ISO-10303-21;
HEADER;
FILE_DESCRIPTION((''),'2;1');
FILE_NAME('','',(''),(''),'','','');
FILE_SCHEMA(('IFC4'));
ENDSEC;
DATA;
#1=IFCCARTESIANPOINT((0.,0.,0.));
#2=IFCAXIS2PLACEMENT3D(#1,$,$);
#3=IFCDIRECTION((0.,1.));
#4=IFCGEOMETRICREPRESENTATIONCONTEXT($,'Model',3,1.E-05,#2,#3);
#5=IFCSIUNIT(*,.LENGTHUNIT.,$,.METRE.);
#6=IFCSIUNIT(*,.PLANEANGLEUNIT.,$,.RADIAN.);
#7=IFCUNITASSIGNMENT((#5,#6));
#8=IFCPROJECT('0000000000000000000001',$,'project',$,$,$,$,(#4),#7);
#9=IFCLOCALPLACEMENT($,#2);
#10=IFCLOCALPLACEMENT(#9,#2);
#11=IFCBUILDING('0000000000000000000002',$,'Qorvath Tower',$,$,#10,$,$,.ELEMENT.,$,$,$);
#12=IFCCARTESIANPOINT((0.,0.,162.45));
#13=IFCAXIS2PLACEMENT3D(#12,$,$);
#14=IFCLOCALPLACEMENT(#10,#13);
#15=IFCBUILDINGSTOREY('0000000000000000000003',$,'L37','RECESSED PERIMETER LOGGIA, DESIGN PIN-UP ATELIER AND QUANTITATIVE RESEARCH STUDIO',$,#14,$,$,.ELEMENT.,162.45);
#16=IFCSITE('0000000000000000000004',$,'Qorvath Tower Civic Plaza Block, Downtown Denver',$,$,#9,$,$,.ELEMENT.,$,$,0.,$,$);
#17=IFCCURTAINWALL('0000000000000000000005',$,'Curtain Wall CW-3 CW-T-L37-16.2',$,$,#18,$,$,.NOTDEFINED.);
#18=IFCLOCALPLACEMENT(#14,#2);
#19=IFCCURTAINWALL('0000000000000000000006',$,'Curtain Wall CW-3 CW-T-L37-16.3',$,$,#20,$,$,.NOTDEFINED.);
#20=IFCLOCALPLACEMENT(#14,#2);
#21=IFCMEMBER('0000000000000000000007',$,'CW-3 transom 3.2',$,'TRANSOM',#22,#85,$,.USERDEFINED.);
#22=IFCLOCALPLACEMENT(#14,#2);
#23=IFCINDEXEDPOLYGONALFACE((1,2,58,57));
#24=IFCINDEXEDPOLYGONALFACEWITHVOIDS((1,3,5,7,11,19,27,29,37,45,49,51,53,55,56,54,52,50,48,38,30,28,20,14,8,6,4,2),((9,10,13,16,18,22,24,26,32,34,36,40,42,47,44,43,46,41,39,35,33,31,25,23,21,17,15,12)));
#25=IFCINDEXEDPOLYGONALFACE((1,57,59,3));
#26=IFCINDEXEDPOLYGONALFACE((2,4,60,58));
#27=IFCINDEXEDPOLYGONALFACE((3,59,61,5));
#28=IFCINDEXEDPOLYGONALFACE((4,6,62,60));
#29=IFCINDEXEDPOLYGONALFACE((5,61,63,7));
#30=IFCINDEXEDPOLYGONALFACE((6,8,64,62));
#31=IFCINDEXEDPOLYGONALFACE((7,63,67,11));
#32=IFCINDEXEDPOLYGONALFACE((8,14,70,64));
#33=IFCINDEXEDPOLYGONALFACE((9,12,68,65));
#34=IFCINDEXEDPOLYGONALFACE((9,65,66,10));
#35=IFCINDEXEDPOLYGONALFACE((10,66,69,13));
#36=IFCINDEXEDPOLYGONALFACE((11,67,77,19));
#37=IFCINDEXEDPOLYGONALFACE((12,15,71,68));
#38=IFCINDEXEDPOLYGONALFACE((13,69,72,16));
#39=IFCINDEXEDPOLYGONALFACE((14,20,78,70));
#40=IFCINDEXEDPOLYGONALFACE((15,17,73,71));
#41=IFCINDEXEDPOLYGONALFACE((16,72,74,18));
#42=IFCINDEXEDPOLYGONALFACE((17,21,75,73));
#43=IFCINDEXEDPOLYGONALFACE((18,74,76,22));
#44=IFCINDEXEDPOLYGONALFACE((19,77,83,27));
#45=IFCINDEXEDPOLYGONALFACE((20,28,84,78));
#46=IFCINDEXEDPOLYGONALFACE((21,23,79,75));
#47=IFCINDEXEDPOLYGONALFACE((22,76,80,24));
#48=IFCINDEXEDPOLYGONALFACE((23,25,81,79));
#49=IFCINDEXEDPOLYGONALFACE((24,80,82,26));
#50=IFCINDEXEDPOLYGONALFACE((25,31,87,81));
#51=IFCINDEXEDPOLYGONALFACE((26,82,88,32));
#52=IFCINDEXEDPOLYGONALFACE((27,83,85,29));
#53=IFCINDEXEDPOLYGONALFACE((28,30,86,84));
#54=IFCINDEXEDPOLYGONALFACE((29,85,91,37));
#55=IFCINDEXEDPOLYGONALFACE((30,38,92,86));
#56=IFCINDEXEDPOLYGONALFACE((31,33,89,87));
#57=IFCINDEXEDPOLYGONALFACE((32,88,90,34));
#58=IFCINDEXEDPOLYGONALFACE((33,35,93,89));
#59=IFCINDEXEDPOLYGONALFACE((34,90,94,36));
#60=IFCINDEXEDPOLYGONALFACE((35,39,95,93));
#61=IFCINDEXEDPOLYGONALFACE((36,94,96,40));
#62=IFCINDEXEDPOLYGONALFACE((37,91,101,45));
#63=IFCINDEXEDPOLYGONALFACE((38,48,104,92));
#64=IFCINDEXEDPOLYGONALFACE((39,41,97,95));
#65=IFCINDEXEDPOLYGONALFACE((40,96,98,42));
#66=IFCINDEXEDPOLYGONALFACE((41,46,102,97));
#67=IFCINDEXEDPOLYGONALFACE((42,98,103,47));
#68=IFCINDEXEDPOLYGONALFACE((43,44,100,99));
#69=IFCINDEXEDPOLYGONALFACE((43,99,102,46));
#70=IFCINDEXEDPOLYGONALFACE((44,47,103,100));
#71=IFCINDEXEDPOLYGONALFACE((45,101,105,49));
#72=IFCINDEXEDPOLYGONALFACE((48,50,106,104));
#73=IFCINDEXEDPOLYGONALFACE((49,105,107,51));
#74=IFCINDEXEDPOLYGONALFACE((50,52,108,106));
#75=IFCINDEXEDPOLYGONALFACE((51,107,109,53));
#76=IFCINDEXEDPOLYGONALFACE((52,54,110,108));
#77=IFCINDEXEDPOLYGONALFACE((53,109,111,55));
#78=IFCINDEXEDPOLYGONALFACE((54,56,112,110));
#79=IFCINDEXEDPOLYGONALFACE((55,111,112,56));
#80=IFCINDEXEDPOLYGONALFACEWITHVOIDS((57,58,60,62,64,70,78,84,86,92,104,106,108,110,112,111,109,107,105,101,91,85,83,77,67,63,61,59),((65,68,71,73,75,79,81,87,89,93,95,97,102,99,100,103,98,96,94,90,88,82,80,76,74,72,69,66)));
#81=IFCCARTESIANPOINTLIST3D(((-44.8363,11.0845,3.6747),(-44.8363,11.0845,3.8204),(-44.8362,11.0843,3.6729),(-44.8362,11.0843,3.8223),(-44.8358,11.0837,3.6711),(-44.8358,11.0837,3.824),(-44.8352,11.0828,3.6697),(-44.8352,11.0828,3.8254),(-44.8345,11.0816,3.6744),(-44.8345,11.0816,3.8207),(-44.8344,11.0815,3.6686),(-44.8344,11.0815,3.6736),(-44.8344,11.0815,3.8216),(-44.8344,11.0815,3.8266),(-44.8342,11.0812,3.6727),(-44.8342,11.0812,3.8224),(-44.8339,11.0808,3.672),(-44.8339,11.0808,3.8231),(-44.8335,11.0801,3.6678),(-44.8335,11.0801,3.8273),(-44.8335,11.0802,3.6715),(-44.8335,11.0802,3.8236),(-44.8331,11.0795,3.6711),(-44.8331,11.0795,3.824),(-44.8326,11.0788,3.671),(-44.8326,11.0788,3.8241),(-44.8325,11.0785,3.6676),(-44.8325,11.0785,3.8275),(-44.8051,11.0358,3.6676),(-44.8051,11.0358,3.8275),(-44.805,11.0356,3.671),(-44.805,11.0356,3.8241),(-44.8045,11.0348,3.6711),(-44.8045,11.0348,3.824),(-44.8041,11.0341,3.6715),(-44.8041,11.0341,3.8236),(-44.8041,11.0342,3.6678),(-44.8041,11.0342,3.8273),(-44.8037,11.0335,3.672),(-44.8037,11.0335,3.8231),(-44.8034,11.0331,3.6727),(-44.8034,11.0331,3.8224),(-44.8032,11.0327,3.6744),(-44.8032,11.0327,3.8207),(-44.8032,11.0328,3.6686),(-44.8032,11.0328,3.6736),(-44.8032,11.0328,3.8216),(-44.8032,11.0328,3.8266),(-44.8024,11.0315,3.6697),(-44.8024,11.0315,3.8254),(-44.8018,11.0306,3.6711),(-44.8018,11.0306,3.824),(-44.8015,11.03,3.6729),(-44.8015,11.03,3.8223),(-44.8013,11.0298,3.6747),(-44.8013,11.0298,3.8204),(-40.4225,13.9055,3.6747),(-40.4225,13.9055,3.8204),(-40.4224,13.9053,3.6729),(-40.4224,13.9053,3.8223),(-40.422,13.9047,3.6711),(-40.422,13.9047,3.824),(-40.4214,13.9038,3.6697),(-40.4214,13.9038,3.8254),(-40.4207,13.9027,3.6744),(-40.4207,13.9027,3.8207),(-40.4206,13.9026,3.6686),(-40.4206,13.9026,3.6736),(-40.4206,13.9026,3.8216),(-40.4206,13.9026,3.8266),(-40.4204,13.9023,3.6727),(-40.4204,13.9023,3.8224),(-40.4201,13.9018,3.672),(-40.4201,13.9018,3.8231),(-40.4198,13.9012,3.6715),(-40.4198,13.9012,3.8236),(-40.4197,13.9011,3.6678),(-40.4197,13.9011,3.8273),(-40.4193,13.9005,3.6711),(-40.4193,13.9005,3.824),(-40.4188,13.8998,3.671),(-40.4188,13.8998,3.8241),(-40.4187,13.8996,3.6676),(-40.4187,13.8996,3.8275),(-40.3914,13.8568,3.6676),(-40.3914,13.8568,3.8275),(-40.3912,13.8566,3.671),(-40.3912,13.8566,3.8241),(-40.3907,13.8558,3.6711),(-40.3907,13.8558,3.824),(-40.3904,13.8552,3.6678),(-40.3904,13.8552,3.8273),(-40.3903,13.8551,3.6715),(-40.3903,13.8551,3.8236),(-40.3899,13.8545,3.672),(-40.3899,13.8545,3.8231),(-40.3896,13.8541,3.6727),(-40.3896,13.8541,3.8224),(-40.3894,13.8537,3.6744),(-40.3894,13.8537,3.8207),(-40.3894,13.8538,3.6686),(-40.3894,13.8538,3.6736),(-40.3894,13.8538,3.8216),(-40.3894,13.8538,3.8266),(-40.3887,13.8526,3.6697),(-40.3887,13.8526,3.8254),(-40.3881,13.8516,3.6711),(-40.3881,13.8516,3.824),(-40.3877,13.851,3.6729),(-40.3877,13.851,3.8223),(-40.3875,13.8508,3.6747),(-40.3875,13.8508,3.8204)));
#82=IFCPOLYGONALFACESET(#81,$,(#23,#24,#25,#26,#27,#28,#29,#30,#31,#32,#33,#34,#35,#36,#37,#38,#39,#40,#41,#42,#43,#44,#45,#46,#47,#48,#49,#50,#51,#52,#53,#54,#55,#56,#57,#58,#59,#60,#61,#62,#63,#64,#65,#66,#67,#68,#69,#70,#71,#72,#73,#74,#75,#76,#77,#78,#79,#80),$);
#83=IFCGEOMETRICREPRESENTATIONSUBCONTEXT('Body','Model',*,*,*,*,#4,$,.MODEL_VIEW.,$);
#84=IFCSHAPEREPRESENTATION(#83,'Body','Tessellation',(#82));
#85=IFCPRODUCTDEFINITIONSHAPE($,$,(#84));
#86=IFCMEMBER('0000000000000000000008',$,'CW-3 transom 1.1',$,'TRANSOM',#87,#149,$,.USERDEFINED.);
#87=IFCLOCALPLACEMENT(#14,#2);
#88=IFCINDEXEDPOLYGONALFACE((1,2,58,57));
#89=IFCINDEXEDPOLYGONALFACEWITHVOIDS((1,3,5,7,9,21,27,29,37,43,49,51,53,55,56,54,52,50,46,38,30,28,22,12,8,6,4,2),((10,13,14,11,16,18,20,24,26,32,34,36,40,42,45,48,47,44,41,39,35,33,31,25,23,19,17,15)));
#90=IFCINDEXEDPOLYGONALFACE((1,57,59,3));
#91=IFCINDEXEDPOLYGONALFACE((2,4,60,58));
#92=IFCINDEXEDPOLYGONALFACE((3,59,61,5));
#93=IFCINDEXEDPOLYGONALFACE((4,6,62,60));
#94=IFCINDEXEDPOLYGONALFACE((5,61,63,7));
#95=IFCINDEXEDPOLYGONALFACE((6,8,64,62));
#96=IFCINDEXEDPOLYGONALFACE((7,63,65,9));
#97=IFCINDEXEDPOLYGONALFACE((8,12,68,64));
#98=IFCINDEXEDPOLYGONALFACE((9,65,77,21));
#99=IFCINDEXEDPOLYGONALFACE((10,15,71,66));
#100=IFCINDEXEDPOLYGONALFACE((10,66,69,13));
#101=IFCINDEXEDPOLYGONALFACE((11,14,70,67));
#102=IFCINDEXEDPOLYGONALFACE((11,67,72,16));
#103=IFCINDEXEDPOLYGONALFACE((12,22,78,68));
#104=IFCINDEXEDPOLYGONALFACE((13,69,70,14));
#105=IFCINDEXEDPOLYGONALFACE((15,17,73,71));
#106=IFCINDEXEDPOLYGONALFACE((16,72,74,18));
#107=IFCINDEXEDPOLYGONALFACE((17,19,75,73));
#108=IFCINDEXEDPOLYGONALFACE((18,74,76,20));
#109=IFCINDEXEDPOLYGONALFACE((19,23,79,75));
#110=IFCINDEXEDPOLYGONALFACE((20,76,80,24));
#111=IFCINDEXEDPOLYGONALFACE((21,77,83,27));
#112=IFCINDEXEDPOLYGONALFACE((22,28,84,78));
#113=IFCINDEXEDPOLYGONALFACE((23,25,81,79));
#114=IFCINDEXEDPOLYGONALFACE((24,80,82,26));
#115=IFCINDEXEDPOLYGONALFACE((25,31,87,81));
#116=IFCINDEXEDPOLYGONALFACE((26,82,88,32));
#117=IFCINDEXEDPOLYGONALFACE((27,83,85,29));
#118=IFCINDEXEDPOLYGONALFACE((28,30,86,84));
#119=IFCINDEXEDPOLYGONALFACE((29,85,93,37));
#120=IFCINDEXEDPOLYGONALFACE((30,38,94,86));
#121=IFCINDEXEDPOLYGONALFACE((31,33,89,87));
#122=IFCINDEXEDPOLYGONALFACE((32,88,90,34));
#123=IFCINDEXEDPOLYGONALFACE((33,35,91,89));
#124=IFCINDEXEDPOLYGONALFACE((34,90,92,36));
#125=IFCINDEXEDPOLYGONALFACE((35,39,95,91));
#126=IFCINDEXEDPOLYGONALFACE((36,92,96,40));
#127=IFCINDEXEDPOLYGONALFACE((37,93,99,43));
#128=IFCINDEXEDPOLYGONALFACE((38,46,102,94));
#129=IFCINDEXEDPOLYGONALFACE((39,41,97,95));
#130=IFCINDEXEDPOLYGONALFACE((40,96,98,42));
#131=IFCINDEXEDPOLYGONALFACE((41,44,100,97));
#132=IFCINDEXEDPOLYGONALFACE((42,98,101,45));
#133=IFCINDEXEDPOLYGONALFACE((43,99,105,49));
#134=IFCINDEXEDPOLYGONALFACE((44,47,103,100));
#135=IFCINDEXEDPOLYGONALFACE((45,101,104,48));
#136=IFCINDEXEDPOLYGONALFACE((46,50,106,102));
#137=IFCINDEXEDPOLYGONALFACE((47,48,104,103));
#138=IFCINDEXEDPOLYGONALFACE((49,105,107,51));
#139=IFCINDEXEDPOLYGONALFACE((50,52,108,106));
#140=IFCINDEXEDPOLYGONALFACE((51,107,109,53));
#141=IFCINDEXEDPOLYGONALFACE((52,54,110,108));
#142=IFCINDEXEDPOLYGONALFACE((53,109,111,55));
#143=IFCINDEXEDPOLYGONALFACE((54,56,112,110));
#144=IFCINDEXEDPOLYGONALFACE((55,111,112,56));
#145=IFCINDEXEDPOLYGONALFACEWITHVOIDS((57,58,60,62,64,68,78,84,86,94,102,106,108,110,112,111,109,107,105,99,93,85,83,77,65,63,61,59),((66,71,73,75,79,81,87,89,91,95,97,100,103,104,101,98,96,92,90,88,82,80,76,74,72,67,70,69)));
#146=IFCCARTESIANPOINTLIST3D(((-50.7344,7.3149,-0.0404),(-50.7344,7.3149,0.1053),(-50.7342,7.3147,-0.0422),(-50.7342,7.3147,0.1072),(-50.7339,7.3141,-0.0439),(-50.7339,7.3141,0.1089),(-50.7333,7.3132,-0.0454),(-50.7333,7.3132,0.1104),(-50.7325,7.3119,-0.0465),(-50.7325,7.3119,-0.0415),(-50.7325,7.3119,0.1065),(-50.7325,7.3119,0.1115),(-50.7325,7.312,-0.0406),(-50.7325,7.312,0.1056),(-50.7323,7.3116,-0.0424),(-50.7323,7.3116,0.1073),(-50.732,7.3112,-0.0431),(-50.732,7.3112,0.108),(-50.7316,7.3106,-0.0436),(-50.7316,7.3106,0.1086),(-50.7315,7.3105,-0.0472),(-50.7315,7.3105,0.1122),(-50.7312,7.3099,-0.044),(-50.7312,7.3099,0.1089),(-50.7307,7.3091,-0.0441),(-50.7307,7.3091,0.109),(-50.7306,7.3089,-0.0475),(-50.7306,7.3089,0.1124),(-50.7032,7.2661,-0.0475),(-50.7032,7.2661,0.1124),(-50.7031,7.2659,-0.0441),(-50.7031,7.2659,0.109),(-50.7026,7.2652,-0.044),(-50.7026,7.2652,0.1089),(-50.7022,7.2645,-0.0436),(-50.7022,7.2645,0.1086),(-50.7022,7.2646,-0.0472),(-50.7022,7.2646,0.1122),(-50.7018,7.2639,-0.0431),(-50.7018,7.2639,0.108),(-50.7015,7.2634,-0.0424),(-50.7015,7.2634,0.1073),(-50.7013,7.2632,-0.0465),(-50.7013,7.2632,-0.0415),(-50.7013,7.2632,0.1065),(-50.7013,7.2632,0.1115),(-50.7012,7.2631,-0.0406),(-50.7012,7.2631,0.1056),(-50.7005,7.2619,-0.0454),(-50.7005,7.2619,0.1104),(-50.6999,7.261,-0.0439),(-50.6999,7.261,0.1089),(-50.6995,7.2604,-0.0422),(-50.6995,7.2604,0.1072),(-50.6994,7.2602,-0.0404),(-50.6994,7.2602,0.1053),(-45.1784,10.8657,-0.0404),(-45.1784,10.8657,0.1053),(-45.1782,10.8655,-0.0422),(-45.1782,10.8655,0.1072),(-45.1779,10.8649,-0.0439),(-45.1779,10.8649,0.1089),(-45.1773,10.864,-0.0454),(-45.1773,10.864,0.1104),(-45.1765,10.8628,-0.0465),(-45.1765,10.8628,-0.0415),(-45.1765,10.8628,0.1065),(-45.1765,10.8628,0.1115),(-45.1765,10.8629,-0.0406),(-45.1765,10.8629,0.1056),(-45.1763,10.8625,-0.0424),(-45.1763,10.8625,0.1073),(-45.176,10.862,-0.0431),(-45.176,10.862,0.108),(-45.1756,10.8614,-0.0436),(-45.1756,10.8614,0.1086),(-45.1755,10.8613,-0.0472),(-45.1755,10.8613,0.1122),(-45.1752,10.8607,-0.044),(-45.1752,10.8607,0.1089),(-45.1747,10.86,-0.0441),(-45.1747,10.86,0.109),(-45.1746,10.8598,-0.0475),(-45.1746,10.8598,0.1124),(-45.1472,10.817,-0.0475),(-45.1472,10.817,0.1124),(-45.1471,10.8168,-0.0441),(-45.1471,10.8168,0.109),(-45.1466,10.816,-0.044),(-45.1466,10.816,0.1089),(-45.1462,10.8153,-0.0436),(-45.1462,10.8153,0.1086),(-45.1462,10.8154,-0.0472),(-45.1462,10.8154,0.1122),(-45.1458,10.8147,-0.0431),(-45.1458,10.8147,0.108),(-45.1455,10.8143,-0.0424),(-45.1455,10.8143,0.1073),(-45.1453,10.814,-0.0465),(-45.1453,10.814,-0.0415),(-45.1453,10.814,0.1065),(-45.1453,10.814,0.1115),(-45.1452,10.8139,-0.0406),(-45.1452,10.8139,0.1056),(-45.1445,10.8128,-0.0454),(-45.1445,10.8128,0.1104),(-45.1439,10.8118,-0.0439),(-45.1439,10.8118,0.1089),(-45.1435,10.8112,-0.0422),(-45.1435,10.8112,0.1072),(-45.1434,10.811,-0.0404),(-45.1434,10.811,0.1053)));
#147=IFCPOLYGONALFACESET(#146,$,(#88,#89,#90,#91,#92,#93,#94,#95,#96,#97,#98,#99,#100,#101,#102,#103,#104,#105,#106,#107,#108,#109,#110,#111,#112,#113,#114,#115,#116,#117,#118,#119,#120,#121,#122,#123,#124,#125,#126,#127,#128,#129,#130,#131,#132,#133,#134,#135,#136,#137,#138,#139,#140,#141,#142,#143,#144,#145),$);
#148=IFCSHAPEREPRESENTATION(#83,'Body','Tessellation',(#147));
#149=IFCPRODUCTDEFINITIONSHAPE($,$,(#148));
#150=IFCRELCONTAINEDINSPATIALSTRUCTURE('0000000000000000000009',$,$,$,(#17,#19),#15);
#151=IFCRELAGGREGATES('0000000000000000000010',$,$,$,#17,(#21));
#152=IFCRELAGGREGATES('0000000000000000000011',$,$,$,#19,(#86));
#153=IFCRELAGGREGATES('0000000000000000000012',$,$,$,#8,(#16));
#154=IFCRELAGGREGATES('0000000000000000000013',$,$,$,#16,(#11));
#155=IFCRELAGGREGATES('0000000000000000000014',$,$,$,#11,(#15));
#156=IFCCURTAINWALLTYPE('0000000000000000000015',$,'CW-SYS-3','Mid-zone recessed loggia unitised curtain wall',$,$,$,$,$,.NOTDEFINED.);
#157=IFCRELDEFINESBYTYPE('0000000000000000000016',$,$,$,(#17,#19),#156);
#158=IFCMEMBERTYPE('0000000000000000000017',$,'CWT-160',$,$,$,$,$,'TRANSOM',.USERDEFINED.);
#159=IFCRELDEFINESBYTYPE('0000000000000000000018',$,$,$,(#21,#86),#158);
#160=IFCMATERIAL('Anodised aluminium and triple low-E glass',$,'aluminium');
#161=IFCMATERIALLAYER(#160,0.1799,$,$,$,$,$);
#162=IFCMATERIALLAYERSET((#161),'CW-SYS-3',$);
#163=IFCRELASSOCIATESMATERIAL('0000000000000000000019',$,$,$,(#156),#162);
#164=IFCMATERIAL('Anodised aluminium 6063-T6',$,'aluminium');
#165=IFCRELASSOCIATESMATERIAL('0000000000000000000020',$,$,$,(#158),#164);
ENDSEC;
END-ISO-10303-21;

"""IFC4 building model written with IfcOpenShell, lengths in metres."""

from ifc_helpers import new_model, si_unit, direction, frame, origin, origin_2d, place, context, subcontext, project, spatial, hollow_rectangle, extrude, material, layer, layer_set, material_profile, profile_set, type_object, element, aggregate, save


model = new_model("IFC4")

# Units and contexts
model_context = context("Model", 3, precision=1e-05, world=origin(), true_north=direction((0.0, 1.0)))
body_context = subcontext(model_context, "Body", "Model", "MODEL_VIEW")
ifc_project = project(units=[si_unit("LENGTHUNIT", "METRE"), si_unit("PLANEANGLEUNIT", "RADIAN")], contexts=[model_context])

# Site, building, storey
site_placement = place(None, origin())
site = spatial("IfcSite", under=ifc_project, at=site_placement, Name="Qorvath Tower Civic Plaza Block, Downtown Denver", CompositionType="ELEMENT", RefElevation=0.0)
building_placement = place(site_placement, origin())
building = spatial("IfcBuilding", under=site, at=building_placement, Name="Qorvath Tower", CompositionType="ELEMENT")
storey_placement = place(building_placement, frame((0.0, 0.0, 162.45)))
storey = spatial("IfcBuildingStorey", under=building, at=storey_placement, Name="L37", Description="RECESSED PERIMETER LOGGIA, DESIGN PIN-UP ATELIER AND QUANTITATIVE RESEARCH STUDIO", CompositionType="ELEMENT", Elevation=162.45)

# Curtain walls
ifc_material_1 = material(Name="Anodised aluminium and triple low-E glass", Category="aluminium")
ifc_layer_1 = layer(ifc_material_1, 0.1799)
ifc_layer_set_1 = layer_set([ifc_layer_1], Name="CW-SYS-3")
curtain_wall_type = type_object("IfcCurtainWallType", Name="CW-SYS-3", Description="Mid-zone recessed loggia unitised curtain wall", PredefinedType="NOTDEFINED", material=ifc_layer_set_1)
curtain_wall_1_placement = place(storey_placement, origin())
curtain_wall_1 = element("IfcCurtainWall", 1, at=curtain_wall_1_placement, inside=storey, type_object=curtain_wall_type, Name="Curtain Wall CW-3 CW-T-L37-16.2", PredefinedType="NOTDEFINED")
curtain_wall_2_placement = place(storey_placement, origin())
curtain_wall_2 = element("IfcCurtainWall", 2, at=curtain_wall_2_placement, inside=storey, type_object=curtain_wall_type, Name="Curtain Wall CW-3 CW-T-L37-16.3", PredefinedType="NOTDEFINED")

# Members
ifc_material_2 = material(Name="Anodised aluminium 6063-T6", Category="aluminium")
ifc_material_profile_1 = material_profile(ifc_material_2, hollow_rectangle(XDim=0.0649, YDim=0.1599, WallThickness=0.0034, InnerFilletRadius=0.0034, OuterFilletRadius=0.0071, at=origin_2d()), Name="CWT 160x65")
ifc_profile_set_1 = profile_set([ifc_material_profile_1], Name="Anodised aluminium 6063-T6")
member_type_1 = type_object("IfcMemberType", Name="CWT-160", ElementType="TRANSOM", PredefinedType="USERDEFINED", material=ifc_profile_set_1)
member_1_placement = place(storey_placement, frame((-40.405, 13.8782, 3.7476), z_axis=(-0.842601, -0.538539, 0.0), x_axis=(0.538539, -0.842601, 0.0)))
member_1 = element("IfcMember", 3, at=member_1_placement, type_object=member_type_1, Name="CW-3 transom 3.2", ObjectType="TRANSOM", PredefinedType="USERDEFINED", context=body_context, shape_type="SweptSolid", body=[
    extrude(hollow_rectangle(XDim=0.0649, YDim=0.1599, WallThickness=0.0034, InnerFilletRadius=0.0034, OuterFilletRadius=0.0071, at=origin_2d()), origin(), (0.0, 0.0, 1.0), 5.2383),
])
member_2_placement = place(storey_placement, frame((-45.1609, 10.8384, 0.0325), z_axis=(-0.842616, -0.538516, 0.0), x_axis=(0.538516, -0.842616, 0.0)))
member_2 = element("IfcMember", 4, at=member_2_placement, type_object=member_type_1, Name="CW-3 transom 1.1", ObjectType="TRANSOM", PredefinedType="USERDEFINED", context=body_context, shape_type="SweptSolid", body=[
    extrude(hollow_rectangle(XDim=0.0649, YDim=0.1599, WallThickness=0.0034, InnerFilletRadius=0.0034, OuterFilletRadius=0.0071, at=origin_2d()), origin(), (0.0, 0.0, 1.0), 6.5938),
])

aggregate(curtain_wall_1, [member_1])
aggregate(curtain_wall_2, [member_2])

save(model, "model.ifc")
